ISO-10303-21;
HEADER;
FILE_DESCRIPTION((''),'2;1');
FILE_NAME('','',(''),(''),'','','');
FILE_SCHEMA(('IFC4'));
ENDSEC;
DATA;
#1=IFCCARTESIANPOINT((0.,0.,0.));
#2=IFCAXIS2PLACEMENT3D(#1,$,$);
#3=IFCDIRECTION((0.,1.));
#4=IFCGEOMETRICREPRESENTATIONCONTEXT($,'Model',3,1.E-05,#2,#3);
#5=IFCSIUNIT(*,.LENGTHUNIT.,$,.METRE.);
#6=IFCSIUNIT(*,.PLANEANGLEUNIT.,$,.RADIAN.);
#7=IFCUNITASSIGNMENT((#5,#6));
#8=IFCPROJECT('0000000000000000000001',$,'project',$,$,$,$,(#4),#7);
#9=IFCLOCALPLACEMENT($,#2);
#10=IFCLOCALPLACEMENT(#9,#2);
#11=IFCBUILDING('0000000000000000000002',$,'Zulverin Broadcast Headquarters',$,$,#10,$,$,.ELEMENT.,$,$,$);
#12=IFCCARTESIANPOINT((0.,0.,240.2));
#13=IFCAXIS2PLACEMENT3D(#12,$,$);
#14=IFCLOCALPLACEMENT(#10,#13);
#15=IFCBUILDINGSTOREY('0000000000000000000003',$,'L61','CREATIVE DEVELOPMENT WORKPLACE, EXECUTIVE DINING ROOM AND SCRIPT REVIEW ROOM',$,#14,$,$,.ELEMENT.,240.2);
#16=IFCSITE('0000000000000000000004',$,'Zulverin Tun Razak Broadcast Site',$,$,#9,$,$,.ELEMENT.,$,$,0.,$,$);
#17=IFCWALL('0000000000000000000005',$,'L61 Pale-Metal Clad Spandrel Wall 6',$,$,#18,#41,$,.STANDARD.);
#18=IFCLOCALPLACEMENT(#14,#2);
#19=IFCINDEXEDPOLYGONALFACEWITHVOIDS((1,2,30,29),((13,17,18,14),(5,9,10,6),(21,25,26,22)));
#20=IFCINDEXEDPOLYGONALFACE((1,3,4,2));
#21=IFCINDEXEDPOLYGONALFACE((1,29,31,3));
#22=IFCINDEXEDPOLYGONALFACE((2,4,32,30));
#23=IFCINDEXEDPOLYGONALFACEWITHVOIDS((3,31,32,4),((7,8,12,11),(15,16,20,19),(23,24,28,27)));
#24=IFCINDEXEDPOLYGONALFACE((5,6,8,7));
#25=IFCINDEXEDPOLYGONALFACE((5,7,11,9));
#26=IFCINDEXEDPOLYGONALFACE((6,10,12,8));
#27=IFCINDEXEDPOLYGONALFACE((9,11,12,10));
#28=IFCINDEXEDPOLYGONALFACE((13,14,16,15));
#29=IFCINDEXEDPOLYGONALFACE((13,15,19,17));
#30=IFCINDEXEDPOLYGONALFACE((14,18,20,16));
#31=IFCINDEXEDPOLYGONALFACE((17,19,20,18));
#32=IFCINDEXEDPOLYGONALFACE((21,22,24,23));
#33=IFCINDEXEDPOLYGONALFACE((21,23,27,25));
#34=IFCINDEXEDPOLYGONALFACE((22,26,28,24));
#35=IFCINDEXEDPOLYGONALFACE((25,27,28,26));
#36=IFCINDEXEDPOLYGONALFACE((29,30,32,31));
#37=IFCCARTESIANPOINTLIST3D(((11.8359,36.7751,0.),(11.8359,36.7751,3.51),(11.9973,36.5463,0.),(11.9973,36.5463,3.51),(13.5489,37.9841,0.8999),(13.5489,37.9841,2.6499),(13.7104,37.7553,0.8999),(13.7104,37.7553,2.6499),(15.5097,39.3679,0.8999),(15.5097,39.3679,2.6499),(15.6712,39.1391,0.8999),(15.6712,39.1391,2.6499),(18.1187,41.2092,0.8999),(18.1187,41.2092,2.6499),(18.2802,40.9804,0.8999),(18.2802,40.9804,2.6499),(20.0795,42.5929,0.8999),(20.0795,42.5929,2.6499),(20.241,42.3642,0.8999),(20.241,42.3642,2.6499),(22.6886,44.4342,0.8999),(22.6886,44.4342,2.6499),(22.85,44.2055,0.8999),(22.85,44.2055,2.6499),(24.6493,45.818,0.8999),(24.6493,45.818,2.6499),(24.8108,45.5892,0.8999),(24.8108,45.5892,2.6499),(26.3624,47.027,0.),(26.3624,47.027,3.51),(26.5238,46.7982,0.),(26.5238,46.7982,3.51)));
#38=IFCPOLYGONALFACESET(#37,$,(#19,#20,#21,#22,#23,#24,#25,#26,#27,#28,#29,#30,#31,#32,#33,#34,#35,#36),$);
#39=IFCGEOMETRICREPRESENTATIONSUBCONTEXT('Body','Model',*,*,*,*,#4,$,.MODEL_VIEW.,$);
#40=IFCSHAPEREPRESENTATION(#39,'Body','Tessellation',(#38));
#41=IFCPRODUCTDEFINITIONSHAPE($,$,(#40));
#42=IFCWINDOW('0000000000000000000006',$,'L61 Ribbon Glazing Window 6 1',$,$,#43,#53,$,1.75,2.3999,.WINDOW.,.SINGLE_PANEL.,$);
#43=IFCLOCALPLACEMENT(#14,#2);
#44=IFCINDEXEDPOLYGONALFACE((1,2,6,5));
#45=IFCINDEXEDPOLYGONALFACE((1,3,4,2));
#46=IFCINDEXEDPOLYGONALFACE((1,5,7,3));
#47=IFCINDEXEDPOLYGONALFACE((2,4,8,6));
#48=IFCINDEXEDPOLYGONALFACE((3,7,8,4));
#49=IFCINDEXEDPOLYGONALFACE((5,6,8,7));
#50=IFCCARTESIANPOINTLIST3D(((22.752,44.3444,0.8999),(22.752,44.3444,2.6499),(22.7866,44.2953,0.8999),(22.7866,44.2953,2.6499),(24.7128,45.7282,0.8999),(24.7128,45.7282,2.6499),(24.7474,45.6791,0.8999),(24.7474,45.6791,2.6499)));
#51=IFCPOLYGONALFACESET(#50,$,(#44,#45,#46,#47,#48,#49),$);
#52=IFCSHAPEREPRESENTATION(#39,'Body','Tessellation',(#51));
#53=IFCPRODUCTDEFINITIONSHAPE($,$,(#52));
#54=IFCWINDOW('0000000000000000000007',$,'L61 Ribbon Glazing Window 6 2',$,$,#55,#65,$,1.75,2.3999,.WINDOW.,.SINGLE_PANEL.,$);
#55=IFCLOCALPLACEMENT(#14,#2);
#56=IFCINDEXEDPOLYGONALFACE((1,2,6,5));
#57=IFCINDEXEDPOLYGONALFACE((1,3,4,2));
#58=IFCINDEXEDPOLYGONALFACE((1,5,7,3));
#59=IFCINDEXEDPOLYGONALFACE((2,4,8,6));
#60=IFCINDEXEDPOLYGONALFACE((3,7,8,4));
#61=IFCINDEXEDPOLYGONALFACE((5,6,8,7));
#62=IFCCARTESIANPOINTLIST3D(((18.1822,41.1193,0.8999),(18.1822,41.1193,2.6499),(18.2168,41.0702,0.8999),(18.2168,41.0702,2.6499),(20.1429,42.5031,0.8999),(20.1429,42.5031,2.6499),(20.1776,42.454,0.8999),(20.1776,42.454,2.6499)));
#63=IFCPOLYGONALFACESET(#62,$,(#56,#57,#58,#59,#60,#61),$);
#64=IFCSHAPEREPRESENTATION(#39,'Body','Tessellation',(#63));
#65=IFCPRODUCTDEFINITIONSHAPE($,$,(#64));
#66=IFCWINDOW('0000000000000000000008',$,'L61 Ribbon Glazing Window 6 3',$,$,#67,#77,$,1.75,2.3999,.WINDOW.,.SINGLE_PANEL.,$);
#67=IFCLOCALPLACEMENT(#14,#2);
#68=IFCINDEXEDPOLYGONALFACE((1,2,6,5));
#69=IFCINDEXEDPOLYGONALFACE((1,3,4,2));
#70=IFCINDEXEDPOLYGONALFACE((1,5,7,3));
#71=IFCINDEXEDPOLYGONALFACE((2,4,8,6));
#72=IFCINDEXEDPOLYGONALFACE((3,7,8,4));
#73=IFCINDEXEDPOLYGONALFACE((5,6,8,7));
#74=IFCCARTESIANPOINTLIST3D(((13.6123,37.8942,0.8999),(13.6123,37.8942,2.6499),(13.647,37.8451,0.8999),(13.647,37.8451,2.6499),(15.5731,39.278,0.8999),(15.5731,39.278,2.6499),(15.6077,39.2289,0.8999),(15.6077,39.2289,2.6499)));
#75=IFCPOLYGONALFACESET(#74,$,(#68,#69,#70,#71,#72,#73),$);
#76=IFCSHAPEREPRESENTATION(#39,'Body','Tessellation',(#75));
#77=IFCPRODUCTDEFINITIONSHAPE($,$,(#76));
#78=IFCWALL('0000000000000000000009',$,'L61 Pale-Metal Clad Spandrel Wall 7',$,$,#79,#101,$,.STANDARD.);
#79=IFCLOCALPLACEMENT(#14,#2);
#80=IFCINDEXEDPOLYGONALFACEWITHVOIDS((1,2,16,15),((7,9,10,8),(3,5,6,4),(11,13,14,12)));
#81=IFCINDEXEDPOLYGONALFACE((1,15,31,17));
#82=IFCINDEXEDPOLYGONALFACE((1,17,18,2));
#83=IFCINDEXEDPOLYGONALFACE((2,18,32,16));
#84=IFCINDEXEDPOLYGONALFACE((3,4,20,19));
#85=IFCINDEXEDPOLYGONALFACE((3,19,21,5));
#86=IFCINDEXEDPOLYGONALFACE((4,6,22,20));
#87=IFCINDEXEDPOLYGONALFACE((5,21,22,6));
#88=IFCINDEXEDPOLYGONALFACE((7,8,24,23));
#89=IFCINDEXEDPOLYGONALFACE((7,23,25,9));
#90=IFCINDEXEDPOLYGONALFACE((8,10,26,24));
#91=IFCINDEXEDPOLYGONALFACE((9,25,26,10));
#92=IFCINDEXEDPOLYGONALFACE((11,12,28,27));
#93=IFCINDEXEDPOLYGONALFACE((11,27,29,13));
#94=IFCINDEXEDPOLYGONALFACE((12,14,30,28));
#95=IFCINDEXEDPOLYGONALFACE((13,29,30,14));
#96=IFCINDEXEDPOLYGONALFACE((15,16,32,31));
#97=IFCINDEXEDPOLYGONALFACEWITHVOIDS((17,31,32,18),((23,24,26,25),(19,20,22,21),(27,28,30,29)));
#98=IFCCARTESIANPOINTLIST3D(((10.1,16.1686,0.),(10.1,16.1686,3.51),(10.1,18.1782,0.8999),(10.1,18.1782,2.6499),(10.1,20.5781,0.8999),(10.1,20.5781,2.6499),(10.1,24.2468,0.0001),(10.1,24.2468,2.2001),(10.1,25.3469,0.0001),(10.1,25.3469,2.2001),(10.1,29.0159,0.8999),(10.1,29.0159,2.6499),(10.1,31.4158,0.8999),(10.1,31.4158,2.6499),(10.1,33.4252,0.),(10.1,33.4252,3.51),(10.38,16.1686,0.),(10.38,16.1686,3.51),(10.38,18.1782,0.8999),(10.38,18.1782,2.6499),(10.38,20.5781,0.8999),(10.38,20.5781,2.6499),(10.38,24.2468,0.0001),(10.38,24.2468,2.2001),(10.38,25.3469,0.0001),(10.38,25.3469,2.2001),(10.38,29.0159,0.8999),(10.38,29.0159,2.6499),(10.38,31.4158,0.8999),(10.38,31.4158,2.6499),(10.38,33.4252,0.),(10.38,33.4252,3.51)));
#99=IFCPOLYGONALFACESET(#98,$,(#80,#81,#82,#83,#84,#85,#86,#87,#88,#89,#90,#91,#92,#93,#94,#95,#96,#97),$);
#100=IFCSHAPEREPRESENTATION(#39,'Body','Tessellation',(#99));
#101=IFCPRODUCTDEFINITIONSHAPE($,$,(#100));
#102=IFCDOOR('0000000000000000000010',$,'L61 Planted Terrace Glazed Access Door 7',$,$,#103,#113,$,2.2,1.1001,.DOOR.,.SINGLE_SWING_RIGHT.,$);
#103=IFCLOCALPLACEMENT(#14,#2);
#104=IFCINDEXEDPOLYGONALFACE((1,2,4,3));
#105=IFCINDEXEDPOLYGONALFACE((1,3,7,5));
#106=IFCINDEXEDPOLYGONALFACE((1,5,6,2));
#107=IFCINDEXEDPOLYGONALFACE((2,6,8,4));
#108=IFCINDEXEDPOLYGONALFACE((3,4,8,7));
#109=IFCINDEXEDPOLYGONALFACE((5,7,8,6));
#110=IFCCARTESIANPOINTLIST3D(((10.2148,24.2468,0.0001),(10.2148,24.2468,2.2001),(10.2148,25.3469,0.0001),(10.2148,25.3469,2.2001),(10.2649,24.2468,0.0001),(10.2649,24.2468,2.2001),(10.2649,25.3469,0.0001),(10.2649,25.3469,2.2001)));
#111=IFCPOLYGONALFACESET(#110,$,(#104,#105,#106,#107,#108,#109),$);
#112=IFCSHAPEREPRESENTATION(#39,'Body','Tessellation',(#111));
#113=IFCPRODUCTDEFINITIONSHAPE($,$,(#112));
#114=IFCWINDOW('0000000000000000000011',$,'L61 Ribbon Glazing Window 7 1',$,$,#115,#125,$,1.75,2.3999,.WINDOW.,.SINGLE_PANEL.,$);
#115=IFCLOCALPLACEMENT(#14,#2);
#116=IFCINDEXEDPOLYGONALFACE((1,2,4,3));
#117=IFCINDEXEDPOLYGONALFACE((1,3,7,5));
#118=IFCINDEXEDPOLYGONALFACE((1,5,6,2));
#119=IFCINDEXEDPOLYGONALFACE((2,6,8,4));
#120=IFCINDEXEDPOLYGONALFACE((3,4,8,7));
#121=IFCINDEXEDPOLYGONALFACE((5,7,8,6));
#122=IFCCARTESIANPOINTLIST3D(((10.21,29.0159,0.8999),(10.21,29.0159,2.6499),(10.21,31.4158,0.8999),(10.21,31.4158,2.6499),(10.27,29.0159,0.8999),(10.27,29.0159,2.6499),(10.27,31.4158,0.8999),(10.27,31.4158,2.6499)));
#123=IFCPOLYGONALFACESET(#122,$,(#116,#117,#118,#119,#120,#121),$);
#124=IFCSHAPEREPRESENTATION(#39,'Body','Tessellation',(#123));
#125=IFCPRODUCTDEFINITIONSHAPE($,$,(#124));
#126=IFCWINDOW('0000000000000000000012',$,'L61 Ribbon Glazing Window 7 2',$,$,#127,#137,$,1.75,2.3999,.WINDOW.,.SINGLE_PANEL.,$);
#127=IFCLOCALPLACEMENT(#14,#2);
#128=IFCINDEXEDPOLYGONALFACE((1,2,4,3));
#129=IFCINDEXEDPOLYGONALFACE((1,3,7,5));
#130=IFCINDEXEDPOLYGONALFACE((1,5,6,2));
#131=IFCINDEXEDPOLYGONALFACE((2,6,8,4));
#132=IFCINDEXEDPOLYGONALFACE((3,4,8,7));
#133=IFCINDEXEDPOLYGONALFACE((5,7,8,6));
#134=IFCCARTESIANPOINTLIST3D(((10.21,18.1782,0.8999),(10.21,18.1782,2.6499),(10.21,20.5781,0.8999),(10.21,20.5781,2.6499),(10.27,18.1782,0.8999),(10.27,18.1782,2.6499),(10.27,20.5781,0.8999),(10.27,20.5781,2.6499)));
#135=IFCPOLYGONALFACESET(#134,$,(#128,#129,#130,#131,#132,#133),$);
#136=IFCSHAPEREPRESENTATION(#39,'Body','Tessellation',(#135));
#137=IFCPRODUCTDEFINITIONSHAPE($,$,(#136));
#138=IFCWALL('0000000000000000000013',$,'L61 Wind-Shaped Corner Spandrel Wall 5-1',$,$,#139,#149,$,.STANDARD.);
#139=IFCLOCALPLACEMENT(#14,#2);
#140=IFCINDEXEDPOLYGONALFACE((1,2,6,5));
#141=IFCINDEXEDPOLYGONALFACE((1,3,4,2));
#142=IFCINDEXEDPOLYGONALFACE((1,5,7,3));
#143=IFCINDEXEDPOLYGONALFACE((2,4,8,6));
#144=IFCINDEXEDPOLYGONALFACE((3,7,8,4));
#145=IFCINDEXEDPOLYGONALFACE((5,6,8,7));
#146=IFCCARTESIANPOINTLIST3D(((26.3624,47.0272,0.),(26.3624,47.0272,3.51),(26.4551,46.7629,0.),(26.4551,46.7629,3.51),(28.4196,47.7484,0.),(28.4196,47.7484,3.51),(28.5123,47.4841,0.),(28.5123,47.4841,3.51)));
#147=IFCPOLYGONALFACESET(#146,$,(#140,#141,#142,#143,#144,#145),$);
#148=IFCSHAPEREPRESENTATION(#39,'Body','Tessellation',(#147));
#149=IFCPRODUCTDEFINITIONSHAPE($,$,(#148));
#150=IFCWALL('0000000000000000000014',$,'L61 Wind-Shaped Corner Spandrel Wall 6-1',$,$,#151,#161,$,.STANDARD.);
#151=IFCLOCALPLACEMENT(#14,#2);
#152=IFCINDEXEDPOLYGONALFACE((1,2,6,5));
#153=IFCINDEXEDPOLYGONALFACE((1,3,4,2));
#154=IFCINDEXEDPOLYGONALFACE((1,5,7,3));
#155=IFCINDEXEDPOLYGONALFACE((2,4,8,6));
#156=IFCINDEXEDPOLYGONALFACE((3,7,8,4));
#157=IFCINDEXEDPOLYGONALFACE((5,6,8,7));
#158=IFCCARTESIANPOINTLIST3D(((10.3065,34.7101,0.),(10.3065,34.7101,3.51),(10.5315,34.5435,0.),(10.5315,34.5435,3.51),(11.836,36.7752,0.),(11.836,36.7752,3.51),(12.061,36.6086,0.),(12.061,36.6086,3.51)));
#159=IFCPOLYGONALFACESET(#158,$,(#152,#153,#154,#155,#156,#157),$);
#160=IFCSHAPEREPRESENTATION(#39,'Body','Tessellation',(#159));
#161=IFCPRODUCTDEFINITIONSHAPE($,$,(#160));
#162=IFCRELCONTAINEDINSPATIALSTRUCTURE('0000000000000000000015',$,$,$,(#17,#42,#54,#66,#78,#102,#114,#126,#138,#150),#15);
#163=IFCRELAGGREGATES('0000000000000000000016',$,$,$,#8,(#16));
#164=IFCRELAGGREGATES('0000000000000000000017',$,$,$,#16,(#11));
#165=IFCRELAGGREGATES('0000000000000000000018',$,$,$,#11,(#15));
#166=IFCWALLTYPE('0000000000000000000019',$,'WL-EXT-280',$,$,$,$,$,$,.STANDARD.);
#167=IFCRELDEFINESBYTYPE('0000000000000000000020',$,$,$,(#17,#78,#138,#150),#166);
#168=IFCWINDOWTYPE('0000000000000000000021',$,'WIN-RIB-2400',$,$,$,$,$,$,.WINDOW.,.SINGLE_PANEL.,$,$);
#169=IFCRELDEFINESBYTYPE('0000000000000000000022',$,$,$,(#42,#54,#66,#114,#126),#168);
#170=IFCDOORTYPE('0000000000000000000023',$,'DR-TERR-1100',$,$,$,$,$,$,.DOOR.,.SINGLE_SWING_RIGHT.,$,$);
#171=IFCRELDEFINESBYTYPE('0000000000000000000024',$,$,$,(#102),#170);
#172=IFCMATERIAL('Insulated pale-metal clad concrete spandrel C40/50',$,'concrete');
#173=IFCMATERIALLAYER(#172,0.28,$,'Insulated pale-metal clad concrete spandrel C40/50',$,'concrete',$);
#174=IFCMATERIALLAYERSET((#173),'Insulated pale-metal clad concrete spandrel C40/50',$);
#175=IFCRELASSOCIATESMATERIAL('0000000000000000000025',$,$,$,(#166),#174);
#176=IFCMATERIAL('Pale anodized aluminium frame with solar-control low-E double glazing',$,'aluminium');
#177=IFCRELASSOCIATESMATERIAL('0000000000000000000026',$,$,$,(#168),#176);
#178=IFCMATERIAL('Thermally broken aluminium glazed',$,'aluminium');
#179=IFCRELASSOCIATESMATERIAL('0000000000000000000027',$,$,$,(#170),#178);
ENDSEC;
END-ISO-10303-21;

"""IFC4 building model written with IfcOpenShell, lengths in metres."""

from ifc_helpers import new_model, si_unit, direction, frame, frame_2d, origin, place, context, subcontext, project, spatial, rectangle, extrude, material, layer, layer_set, type_object, element, fill, save


model = new_model("IFC4")

# Units and contexts
model_context = context("Model", 3, precision=1e-05, world=origin(), true_north=direction((0.0, 1.0)))
body_context = subcontext(model_context, "Body", "Model", "MODEL_VIEW")
ifc_project = project(units=[si_unit("LENGTHUNIT", "METRE"), si_unit("PLANEANGLEUNIT", "RADIAN")], contexts=[model_context])

# Site, building, storey
site_placement = place(None, origin())
site = spatial("IfcSite", under=ifc_project, at=site_placement, Name="Zulverin Tun Razak Broadcast Site", CompositionType="ELEMENT", RefElevation=0.0)
building_placement = place(site_placement, origin())
building = spatial("IfcBuilding", under=site, at=building_placement, Name="Zulverin Broadcast Headquarters", CompositionType="ELEMENT")
storey_placement = place(building_placement, frame((0.0, 0.0, 240.2)))
storey = spatial("IfcBuildingStorey", under=building, at=storey_placement, Name="L61", Description="CREATIVE DEVELOPMENT WORKPLACE, EXECUTIVE DINING ROOM AND SCRIPT REVIEW ROOM", CompositionType="ELEMENT", Elevation=240.2)

# Wall, openings, windows
ifc_material_1 = material(Name="Insulated pale-metal clad concrete spandrel C40/50", Category="concrete")
ifc_layer_1 = layer(ifc_material_1, 0.28, Name="Insulated pale-metal clad concrete spandrel C40/50", Category="concrete")
ifc_layer_set_1 = layer_set([ifc_layer_1], Name="Insulated pale-metal clad concrete spandrel C40/50")
wall_type_1 = type_object("IfcWallType", Name="WL-EXT-280", PredefinedType="STANDARD", material=ifc_layer_set_1)
wall_1_placement = place(storey_placement, frame((26.4431, 46.9126, 0.0), z_axis=(0.0, 0.0, 1.0), x_axis=(-0.817024, -0.576603, 0.0)))
wall_1 = element("IfcWall", 1, at=wall_1_placement, inside=storey, type_object=wall_type_1, Name="L61 Pale-Metal Clad Spandrel Wall 6", PredefinedType="STANDARD", context=body_context, shape_type="SweptSolid", body=[
    extrude(rectangle(XDim=17.7798, YDim=0.28, at=frame_2d((8.8899, 0.0))), origin(), (0.0, 0.0, 1.0), 3.51),
])
opening_1_placement = place(wall_1_placement, frame((2.0967, 0.0, 0.8999)))
opening_1 = element("IfcOpeningElement", 2, at=opening_1_placement, cuts=wall_1, PredefinedType="OPENING", context=body_context, shape_type="SweptSolid", body=[
    extrude(rectangle(XDim=2.3999, YDim=1.75, at=frame_2d((1.2, 0.875))), frame((0.0, 0.1499, 0.0), z_axis=(0.0, -1.0, 0.0), x_axis=(1.0, 0.0, 0.0)), (0.0, 0.0, 1.0), 0.3),
])
opening_2_placement = place(wall_1_placement, frame((7.6899, 0.0, 0.8999)))
opening_2 = element("IfcOpeningElement", 3, at=opening_2_placement, cuts=wall_1, PredefinedType="OPENING", context=body_context, shape_type="SweptSolid", body=[
    extrude(rectangle(XDim=2.3999, YDim=1.75, at=frame_2d((1.2, 0.875))), frame((0.0, 0.1499, 0.0), z_axis=(0.0, -1.0, 0.0), x_axis=(1.0, 0.0, 0.0)), (0.0, 0.0, 1.0), 0.3),
])
opening_3_placement = place(wall_1_placement, frame((13.2832, 0.0, 0.8999)))
opening_3 = element("IfcOpeningElement", 4, at=opening_3_placement, cuts=wall_1, PredefinedType="OPENING", context=body_context, shape_type="SweptSolid", body=[
    extrude(rectangle(XDim=2.3999, YDim=1.75, at=frame_2d((1.2, 0.875))), frame((0.0, 0.1499, 0.0), z_axis=(0.0, -1.0, 0.0), x_axis=(1.0, 0.0, 0.0)), (0.0, 0.0, 1.0), 0.3),
])
ifc_material_2 = material(Name="Pale anodized aluminium frame with solar-control low-E double glazing", Category="aluminium")
window_type = type_object("IfcWindowType", Name="WIN-RIB-2400", PartitioningType="SINGLE_PANEL", PredefinedType="WINDOW", material=ifc_material_2)
window_1_placement = place(opening_1_placement, origin())
window_1 = element("IfcWindow", 5, at=window_1_placement, inside=storey, type_object=window_type, Name="L61 Ribbon Glazing Window 6 1", OverallHeight=1.75, OverallWidth=2.3999, PartitioningType="SINGLE_PANEL", PredefinedType="WINDOW", context=body_context, shape_type="SweptSolid", body=[
    extrude(rectangle(XDim=2.3999, YDim=1.75, at=frame_2d((1.2, 0.875))), frame((0.0, 0.03, 0.0), z_axis=(0.0, -1.0, 0.0), x_axis=(1.0, 0.0, 0.0)), (0.0, 0.0, 1.0), 0.0601),
])
fill(opening_1, window_1)
window_2_placement = place(opening_2_placement, origin())
window_2 = element("IfcWindow", 6, at=window_2_placement, inside=storey, type_object=window_type, Name="L61 Ribbon Glazing Window 6 2", OverallHeight=1.75, OverallWidth=2.3999, PartitioningType="SINGLE_PANEL", PredefinedType="WINDOW", context=body_context, shape_type="SweptSolid", body=[
    extrude(rectangle(XDim=2.3999, YDim=1.75, at=frame_2d((1.2, 0.875))), frame((0.0, 0.03, 0.0), z_axis=(0.0, -1.0, 0.0), x_axis=(1.0, 0.0, 0.0)), (0.0, 0.0, 1.0), 0.0601),
])
fill(opening_2, window_2)
window_3_placement = place(opening_3_placement, origin())
window_3 = element("IfcWindow", 7, at=window_3_placement, inside=storey, type_object=window_type, Name="L61 Ribbon Glazing Window 6 3", OverallHeight=1.75, OverallWidth=2.3999, PartitioningType="SINGLE_PANEL", PredefinedType="WINDOW", context=body_context, shape_type="SweptSolid", body=[
    extrude(rectangle(XDim=2.3999, YDim=1.75, at=frame_2d((1.2, 0.875))), frame((0.0, 0.03, 0.0), z_axis=(0.0, -1.0, 0.0), x_axis=(1.0, 0.0, 0.0)), (0.0, 0.0, 1.0), 0.0601),
])
fill(opening_3, window_3)

# Wall, openings, door, windows
wall_2_placement = place(storey_placement, frame((10.24, 33.4253, 0.0), z_axis=(0.0, 0.0, 1.0), x_axis=(0.0, -1.0, 0.0)))
wall_2 = element("IfcWall", 8, at=wall_2_placement, inside=storey, type_object=wall_type_1, Name="L61 Pale-Metal Clad Spandrel Wall 7", PredefinedType="STANDARD", context=body_context, shape_type="SweptSolid", body=[
    extrude(rectangle(XDim=17.2566, YDim=0.28, at=frame_2d((8.6284, 0.0))), origin(), (0.0, 0.0, 1.0), 3.51),
])
opening_4_placement = place(wall_2_placement, frame((8.0784, 0.0, 0.0)))
opening_4 = element("IfcOpeningElement", 9, at=opening_4_placement, cuts=wall_2, PredefinedType="OPENING", context=body_context, shape_type="SweptSolid", body=[
    extrude(rectangle(XDim=1.1001, YDim=2.2, at=frame_2d((0.55, 1.1001))), frame((0.0, 0.1499, 0.0), z_axis=(0.0, -1.0, 0.0), x_axis=(1.0, 0.0, 0.0)), (0.0, 0.0, 1.0), 0.3),
])
opening_5_placement = place(wall_2_placement, frame((2.0095, 0.0, 0.8999)))
opening_5 = element("IfcOpeningElement", 10, at=opening_5_placement, cuts=wall_2, PredefinedType="OPENING", context=body_context, shape_type="SweptSolid", body=[
    extrude(rectangle(XDim=2.3999, YDim=1.75, at=frame_2d((1.2, 0.875))), frame((0.0, 0.1499, 0.0), z_axis=(0.0, -1.0, 0.0), x_axis=(1.0, 0.0, 0.0)), (0.0, 0.0, 1.0), 0.3),
])
opening_6_placement = place(wall_2_placement, frame((12.8472, 0.0, 0.8999)))
opening_6 = element("IfcOpeningElement", 11, at=opening_6_placement, cuts=wall_2, PredefinedType="OPENING", context=body_context, shape_type="SweptSolid", body=[
    extrude(rectangle(XDim=2.3999, YDim=1.75, at=frame_2d((1.2, 0.875))), frame((0.0, 0.1499, 0.0), z_axis=(0.0, -1.0, 0.0), x_axis=(1.0, 0.0, 0.0)), (0.0, 0.0, 1.0), 0.3),
])
ifc_material_3 = material(Name="Thermally broken aluminium glazed", Category="aluminium")
door_type_1 = type_object("IfcDoorType", Name="DR-TERR-1100", OperationType="SINGLE_SWING_RIGHT", PredefinedType="DOOR", material=ifc_material_3)
door_1_placement = place(opening_4_placement, origin())
door_1 = element("IfcDoor", 12, at=door_1_placement, inside=storey, type_object=door_type_1, Name="L61 Planted Terrace Glazed Access Door 7", OperationType="SINGLE_SWING_RIGHT", OverallHeight=2.2, OverallWidth=1.1001, PredefinedType="DOOR", context=body_context, shape_type="SweptSolid", body=[
    extrude(rectangle(XDim=1.1001, YDim=2.2, at=frame_2d((0.55, 1.1001))), frame((0.0, 0.0249, 0.0), z_axis=(0.0, -1.0, 0.0), x_axis=(1.0, 0.0, 0.0)), (0.0, 0.0, 1.0), 0.05),
])
fill(opening_4, door_1)
window_4_placement = place(opening_5_placement, origin())
window_4 = element("IfcWindow", 13, at=window_4_placement, inside=storey, type_object=window_type, Name="L61 Ribbon Glazing Window 7 1", OverallHeight=1.75, OverallWidth=2.3999, PartitioningType="SINGLE_PANEL", PredefinedType="WINDOW", context=body_context, shape_type="SweptSolid", body=[
    extrude(rectangle(XDim=2.3999, YDim=1.75, at=frame_2d((1.2, 0.875))), frame((0.0, 0.03, 0.0), z_axis=(0.0, -1.0, 0.0), x_axis=(1.0, 0.0, 0.0)), (0.0, 0.0, 1.0), 0.0601),
])
fill(opening_5, window_4)
window_5_placement = place(opening_6_placement, origin())
window_5 = element("IfcWindow", 14, at=window_5_placement, inside=storey, type_object=window_type, Name="L61 Ribbon Glazing Window 7 2", OverallHeight=1.75, OverallWidth=2.3999, PartitioningType="SINGLE_PANEL", PredefinedType="WINDOW", context=body_context, shape_type="SweptSolid", body=[
    extrude(rectangle(XDim=2.3999, YDim=1.75, at=frame_2d((1.2, 0.875))), frame((0.0, 0.03, 0.0), z_axis=(0.0, -1.0, 0.0), x_axis=(1.0, 0.0, 0.0)), (0.0, 0.0, 1.0), 0.0601),
])
fill(opening_6, window_5)

# Walls
wall_3_placement = place(storey_placement, frame((28.4658, 47.6162, 0.0), z_axis=(0.0, 0.0, 1.0), x_axis=(-0.943687, -0.330839, 0.0)))
element("IfcWall", 15, at=wall_3_placement, inside=storey, type_object=wall_type_1, Name="L61 Wind-Shaped Corner Spandrel Wall 5-1", PredefinedType="STANDARD", context=body_context, shape_type="SweptSolid", body=[
    extrude(rectangle(XDim=2.1799, YDim=0.28, at=frame_2d((1.0898, 0.0))), origin(), (0.0, 0.0, 1.0), 3.51),
])
wall_4_placement = place(storey_placement, frame((11.9485, 36.6919, 0.0), z_axis=(0.0, 0.0, 1.0), x_axis=(-0.595171, -0.803599, 0.0)))
element("IfcWall", 16, at=wall_4_placement, inside=storey, type_object=wall_type_1, Name="L61 Wind-Shaped Corner Spandrel Wall 6-1", PredefinedType="STANDARD", context=body_context, shape_type="SweptSolid", body=[
    extrude(rectangle(XDim=2.5698, YDim=0.28, at=frame_2d((1.2849, 0.0))), origin(), (0.0, 0.0, 1.0), 3.51),
])

save(model, "model.ifc")
